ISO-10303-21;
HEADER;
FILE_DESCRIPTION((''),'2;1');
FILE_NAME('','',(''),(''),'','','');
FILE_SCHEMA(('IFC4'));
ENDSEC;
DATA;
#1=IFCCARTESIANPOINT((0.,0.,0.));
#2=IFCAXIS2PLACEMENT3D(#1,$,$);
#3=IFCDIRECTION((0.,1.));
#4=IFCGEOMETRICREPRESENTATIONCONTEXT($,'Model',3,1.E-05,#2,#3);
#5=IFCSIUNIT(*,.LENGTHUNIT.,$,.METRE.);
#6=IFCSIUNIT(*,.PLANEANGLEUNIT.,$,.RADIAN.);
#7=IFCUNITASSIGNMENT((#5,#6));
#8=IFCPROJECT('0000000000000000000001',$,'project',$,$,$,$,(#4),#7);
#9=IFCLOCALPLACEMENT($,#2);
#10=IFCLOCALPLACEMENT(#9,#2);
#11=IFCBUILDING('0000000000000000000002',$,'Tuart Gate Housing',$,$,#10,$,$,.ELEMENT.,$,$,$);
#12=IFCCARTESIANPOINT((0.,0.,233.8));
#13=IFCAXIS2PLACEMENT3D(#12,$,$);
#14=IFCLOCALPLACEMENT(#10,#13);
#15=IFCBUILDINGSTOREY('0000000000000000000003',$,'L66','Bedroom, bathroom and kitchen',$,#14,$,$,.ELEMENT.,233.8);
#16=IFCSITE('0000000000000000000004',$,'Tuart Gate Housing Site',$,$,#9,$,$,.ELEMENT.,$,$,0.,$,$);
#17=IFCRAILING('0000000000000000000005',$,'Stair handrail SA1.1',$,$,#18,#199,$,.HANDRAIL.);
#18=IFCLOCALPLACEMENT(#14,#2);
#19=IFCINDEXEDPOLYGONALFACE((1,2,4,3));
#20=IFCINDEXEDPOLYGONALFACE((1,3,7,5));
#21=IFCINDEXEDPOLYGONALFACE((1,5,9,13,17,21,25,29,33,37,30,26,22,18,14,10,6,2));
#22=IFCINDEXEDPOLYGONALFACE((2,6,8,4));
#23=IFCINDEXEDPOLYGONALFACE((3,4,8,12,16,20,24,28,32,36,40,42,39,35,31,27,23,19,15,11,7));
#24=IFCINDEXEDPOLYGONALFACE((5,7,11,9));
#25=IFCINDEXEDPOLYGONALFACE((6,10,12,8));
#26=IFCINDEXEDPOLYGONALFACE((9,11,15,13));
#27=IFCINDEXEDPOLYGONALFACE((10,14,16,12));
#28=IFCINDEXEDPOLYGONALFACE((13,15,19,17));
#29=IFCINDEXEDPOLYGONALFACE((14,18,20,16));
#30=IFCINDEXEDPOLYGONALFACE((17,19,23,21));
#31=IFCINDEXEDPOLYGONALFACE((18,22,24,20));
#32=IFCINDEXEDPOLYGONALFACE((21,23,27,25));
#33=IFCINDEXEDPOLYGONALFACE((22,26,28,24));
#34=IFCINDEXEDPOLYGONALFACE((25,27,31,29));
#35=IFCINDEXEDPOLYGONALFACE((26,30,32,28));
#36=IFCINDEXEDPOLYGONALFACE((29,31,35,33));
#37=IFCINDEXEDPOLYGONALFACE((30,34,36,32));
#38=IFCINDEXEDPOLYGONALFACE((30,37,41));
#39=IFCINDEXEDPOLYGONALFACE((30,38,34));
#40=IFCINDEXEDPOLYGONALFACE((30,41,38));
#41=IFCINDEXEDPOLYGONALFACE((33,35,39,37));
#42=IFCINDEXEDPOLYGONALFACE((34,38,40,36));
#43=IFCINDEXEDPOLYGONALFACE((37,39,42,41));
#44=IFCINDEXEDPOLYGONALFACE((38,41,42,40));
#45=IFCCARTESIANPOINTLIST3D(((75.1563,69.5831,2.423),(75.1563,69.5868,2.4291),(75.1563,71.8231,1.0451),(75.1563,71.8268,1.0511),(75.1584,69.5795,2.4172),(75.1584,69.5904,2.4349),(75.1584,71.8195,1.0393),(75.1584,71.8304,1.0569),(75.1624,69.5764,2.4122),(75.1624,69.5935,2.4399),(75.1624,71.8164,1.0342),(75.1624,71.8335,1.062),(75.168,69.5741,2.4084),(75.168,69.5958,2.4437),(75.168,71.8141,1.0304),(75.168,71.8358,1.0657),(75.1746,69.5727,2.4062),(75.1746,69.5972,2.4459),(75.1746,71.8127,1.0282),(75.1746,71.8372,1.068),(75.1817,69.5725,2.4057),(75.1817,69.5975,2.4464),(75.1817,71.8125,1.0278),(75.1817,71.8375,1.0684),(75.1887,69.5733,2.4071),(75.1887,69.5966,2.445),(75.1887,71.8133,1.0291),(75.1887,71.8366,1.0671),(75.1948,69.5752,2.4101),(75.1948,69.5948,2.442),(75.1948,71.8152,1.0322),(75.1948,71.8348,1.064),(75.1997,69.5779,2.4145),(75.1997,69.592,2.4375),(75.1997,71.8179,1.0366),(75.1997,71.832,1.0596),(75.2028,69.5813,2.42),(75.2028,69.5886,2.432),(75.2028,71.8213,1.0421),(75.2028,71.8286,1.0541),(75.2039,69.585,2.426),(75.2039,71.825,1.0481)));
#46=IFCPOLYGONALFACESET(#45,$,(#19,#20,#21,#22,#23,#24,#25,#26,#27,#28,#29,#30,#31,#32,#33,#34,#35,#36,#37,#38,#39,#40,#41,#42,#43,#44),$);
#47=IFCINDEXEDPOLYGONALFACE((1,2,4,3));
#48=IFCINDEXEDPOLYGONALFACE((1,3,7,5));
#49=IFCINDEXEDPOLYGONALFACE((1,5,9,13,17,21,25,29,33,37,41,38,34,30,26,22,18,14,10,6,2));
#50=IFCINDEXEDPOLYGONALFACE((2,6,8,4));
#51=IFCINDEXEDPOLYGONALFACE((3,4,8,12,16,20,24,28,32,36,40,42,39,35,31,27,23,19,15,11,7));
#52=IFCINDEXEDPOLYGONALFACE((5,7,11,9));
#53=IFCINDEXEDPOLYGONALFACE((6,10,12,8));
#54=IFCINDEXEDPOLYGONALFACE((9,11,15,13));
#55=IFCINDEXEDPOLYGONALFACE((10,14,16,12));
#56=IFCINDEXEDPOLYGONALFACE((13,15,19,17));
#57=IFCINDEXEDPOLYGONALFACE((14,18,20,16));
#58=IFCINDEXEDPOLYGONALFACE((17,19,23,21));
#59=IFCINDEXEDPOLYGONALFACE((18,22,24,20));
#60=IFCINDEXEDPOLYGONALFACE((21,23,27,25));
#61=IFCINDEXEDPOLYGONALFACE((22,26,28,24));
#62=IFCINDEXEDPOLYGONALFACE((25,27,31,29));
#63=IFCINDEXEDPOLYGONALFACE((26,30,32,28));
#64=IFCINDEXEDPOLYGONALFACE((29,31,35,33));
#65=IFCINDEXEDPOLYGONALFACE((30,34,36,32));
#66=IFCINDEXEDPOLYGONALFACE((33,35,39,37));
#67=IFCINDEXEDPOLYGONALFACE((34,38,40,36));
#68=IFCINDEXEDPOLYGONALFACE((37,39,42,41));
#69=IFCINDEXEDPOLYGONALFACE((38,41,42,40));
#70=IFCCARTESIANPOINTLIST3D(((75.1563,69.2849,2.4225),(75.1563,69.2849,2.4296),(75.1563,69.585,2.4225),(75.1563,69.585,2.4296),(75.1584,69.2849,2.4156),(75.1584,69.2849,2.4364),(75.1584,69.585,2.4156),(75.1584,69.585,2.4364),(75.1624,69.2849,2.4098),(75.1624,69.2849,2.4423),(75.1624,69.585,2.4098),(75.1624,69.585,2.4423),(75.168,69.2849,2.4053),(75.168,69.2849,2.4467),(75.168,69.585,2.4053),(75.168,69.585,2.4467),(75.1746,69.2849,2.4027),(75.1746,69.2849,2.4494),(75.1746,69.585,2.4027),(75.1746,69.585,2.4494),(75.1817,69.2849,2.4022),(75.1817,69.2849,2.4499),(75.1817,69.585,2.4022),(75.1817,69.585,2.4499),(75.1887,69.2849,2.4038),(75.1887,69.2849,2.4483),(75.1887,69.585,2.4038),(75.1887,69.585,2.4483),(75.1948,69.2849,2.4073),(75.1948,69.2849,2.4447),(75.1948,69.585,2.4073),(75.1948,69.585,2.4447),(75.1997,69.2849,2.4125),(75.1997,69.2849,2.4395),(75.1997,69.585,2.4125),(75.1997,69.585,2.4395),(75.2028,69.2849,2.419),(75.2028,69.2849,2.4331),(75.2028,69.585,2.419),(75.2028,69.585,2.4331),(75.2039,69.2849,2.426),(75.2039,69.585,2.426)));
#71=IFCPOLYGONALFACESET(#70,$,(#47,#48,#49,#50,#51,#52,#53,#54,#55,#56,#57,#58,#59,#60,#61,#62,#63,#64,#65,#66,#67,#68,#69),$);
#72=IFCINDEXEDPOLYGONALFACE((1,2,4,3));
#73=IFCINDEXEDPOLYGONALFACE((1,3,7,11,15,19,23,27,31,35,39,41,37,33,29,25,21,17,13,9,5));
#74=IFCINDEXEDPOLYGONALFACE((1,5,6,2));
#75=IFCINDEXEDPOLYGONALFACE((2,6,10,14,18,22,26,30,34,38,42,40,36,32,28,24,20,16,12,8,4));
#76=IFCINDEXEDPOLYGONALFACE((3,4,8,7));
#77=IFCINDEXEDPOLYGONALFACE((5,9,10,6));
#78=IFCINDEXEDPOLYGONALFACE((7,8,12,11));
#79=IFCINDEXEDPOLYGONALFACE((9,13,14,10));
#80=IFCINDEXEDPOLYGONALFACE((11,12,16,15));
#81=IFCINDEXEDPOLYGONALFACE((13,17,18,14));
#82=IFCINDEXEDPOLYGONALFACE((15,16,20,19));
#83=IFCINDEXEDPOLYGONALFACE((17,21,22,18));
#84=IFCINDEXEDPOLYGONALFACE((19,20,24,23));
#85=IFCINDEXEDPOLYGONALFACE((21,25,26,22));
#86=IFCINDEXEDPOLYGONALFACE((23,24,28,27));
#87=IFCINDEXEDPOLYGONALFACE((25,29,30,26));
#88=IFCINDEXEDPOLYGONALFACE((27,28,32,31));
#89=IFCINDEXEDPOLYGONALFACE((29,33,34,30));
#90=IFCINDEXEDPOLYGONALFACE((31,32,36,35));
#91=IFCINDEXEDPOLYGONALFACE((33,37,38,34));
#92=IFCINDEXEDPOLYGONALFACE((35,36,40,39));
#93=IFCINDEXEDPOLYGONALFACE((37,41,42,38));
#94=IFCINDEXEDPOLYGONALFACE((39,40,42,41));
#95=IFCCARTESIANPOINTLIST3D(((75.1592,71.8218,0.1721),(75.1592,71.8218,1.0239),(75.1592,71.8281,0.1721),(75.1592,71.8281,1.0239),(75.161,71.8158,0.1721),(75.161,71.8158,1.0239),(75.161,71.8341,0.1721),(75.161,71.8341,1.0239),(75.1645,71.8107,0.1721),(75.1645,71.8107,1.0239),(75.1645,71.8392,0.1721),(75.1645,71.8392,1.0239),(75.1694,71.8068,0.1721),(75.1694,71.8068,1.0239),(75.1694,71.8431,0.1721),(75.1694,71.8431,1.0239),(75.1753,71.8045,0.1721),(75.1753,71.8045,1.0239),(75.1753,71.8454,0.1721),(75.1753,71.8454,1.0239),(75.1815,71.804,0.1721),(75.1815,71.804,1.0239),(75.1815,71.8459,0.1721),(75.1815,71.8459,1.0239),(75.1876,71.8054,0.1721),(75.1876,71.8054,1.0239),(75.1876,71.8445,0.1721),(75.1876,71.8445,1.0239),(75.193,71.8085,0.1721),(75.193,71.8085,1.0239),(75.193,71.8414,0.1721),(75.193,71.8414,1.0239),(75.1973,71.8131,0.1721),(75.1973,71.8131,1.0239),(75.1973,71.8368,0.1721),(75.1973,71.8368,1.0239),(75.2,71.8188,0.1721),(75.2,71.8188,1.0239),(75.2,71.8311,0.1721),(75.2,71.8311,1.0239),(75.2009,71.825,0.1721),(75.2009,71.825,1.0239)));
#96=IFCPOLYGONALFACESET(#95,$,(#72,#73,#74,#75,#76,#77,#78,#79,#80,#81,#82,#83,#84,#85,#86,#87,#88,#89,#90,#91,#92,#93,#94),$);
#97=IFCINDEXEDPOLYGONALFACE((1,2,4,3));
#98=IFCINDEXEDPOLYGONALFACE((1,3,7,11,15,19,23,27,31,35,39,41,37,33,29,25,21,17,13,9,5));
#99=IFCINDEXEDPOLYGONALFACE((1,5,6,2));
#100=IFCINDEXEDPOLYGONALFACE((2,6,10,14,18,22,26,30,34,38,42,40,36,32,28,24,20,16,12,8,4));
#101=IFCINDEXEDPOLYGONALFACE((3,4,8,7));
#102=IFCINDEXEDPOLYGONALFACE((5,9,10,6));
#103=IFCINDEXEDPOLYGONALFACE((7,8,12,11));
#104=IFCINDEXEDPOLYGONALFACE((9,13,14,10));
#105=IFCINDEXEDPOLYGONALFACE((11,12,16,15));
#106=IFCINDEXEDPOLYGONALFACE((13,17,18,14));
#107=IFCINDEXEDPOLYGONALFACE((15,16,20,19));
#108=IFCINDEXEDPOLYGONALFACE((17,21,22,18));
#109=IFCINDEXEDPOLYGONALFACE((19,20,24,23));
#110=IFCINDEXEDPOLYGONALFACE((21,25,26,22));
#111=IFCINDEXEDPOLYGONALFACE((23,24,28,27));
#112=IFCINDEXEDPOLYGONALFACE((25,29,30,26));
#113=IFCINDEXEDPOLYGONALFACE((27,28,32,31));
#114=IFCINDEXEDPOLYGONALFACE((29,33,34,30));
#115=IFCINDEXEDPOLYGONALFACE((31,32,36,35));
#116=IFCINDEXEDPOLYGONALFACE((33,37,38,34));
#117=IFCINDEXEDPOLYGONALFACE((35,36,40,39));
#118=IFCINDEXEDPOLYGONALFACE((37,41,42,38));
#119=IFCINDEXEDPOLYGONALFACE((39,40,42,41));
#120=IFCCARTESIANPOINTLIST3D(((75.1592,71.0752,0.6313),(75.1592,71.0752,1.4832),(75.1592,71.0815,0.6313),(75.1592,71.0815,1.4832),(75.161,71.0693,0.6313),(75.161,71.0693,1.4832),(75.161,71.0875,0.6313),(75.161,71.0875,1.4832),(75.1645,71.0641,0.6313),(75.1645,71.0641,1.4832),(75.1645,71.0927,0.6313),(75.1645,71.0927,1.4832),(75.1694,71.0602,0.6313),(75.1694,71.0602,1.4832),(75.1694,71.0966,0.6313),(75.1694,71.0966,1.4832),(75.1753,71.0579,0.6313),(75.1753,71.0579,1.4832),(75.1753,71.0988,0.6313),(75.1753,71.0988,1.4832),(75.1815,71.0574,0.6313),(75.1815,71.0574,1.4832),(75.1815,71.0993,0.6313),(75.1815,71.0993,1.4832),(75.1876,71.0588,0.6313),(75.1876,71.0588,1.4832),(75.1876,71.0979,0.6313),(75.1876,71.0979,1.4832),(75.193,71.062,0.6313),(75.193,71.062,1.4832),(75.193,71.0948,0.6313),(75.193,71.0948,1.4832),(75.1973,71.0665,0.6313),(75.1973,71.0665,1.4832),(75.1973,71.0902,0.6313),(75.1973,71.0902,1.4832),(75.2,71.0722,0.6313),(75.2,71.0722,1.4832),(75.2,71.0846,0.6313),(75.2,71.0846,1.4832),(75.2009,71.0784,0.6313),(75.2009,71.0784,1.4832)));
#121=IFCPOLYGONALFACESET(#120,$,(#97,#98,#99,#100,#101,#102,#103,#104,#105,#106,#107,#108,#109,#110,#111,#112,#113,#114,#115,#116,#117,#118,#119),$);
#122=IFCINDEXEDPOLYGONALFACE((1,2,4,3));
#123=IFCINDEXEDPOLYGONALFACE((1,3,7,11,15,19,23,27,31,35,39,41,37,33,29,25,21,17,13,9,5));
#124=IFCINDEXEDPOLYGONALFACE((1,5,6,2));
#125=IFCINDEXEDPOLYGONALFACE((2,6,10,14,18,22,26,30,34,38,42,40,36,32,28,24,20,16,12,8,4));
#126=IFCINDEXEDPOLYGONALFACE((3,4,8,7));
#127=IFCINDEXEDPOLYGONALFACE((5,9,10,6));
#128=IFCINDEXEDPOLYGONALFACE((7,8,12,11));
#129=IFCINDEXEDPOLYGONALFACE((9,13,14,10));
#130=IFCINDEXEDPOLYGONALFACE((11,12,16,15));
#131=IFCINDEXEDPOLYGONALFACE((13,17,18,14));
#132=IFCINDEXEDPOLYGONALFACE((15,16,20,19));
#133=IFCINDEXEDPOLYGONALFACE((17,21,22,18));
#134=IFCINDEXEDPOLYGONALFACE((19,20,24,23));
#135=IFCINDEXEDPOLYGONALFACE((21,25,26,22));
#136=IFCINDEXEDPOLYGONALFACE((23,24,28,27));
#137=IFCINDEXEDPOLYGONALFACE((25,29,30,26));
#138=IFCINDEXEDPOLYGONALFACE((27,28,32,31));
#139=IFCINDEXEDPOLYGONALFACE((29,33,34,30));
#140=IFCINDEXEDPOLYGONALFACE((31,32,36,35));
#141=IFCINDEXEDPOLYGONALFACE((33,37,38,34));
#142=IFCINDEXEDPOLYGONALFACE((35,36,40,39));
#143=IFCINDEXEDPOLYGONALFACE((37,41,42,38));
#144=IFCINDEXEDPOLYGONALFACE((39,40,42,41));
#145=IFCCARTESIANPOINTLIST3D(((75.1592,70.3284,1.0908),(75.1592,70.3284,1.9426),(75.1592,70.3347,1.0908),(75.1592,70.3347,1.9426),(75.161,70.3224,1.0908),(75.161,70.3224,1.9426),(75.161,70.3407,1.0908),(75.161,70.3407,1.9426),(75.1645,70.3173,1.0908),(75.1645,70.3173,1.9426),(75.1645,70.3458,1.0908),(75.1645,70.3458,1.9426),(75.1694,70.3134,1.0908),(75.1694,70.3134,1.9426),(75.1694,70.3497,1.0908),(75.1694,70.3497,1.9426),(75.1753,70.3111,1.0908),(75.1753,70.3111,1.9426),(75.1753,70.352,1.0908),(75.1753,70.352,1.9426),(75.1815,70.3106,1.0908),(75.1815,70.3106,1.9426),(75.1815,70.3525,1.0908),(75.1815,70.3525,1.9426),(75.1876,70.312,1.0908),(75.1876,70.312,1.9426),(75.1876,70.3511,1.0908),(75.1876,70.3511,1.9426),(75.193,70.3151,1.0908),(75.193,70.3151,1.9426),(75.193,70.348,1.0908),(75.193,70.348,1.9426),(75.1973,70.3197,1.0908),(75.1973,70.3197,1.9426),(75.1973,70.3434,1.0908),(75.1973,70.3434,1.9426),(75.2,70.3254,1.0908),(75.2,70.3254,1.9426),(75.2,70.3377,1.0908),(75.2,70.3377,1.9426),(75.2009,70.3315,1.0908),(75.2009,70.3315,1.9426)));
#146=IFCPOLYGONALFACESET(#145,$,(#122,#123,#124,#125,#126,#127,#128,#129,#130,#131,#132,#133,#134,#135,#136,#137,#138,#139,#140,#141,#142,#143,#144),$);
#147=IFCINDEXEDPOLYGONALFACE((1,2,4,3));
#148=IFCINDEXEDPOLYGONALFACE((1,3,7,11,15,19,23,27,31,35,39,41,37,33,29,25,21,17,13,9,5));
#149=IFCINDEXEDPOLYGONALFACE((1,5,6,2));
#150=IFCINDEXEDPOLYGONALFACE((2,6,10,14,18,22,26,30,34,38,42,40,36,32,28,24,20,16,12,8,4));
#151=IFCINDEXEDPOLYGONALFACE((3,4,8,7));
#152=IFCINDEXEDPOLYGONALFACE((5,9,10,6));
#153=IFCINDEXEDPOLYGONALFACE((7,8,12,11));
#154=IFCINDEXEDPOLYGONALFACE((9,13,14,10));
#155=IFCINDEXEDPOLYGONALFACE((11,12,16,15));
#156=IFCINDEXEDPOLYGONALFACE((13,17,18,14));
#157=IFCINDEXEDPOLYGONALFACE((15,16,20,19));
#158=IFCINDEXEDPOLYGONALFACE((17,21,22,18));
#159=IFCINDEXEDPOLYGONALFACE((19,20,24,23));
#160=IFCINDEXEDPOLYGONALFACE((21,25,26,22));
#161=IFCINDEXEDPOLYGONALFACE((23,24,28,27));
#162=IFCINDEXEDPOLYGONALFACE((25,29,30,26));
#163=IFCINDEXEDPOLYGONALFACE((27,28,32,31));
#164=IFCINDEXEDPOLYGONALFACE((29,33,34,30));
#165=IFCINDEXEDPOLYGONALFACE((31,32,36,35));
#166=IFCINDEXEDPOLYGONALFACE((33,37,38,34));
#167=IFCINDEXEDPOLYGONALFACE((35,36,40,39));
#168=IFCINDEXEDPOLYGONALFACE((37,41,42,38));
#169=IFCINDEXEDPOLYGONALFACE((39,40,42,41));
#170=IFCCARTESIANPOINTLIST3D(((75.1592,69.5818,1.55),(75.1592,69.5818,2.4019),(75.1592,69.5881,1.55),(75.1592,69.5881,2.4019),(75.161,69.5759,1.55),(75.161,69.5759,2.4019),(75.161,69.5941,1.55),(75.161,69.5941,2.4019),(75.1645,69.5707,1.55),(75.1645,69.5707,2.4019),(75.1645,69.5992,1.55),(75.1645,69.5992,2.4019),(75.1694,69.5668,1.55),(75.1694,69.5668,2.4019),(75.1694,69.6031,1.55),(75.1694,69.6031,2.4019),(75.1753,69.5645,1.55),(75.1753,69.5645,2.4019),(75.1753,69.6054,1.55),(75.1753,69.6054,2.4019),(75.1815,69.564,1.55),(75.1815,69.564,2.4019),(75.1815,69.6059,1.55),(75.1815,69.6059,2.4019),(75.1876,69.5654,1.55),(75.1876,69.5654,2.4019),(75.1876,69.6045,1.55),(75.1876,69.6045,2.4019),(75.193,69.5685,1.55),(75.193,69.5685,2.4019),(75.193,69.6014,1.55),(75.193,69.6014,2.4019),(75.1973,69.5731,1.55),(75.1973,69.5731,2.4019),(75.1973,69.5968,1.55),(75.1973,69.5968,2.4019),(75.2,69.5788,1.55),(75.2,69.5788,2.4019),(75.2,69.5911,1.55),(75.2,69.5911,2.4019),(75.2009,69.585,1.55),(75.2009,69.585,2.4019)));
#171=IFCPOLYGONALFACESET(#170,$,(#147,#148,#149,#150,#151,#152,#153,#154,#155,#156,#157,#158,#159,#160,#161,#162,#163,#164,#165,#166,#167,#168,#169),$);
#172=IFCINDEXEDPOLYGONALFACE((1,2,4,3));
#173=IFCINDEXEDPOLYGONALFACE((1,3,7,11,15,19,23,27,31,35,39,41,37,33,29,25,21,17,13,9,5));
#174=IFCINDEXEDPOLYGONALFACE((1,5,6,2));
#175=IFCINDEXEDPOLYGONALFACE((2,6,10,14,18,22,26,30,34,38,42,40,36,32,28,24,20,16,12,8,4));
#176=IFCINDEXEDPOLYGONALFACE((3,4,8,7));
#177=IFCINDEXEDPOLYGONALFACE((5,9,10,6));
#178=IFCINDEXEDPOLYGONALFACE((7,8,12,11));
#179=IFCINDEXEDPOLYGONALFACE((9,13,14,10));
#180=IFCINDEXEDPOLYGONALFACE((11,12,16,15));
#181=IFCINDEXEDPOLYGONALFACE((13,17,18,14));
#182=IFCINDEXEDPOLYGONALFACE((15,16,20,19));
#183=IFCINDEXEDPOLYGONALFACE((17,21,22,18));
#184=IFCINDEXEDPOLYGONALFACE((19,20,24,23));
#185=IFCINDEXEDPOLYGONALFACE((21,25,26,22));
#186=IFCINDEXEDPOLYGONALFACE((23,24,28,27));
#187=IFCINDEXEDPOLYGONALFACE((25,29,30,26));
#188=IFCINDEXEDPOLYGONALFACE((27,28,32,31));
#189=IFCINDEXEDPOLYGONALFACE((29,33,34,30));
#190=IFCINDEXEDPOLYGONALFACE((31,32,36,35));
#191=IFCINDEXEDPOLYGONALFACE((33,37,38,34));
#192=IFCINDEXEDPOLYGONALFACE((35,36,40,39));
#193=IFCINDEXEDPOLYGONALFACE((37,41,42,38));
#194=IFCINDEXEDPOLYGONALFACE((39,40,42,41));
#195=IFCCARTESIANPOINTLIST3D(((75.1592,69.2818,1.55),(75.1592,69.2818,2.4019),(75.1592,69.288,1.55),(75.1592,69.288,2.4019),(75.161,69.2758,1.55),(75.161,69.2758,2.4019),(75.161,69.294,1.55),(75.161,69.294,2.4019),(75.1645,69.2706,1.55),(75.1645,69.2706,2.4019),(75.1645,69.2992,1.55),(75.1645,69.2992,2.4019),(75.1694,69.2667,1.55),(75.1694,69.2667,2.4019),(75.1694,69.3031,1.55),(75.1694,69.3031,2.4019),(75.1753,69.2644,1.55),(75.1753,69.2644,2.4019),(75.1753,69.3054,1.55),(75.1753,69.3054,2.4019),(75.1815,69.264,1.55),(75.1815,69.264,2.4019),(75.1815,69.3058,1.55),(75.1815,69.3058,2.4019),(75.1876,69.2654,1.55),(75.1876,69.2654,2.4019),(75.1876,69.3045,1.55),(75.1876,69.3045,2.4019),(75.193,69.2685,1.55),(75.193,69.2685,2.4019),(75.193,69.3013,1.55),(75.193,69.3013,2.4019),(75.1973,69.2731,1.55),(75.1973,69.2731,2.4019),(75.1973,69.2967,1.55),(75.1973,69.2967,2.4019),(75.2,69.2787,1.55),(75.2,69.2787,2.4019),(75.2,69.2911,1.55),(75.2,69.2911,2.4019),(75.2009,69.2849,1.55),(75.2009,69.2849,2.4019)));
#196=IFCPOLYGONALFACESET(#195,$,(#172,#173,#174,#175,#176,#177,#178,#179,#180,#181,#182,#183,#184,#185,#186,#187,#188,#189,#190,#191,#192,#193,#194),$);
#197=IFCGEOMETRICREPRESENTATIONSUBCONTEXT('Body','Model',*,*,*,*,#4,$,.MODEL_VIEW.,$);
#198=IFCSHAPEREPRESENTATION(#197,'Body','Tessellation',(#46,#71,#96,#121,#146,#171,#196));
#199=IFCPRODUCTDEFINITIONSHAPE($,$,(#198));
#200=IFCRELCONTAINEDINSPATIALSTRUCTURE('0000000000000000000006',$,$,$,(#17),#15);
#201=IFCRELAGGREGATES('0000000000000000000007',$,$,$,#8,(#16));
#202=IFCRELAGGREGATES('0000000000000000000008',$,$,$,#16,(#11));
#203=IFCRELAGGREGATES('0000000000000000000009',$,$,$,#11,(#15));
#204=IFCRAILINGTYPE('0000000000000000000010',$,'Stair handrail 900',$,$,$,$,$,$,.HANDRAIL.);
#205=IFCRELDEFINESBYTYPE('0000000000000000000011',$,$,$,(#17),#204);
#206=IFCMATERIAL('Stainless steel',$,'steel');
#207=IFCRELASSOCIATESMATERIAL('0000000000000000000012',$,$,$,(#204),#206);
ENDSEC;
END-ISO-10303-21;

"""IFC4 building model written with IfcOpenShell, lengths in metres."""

from ifc_helpers import new_model, si_unit, direction, frame, origin, origin_2d, place, context, subcontext, project, spatial, circle, extrude, material, type_object, element, save


model = new_model("IFC4")

# Units and contexts
model_context = context("Model", 3, precision=1e-05, world=origin(), true_north=direction((0.0, 1.0)))
body_context = subcontext(model_context, "Body", "Model", "MODEL_VIEW")
ifc_project = project(units=[si_unit("LENGTHUNIT", "METRE"), si_unit("PLANEANGLEUNIT", "RADIAN")], contexts=[model_context])

# Site, building, storey
site_placement = place(None, origin())
site = spatial("IfcSite", under=ifc_project, at=site_placement, Name="Tuart Gate Housing Site", CompositionType="ELEMENT", RefElevation=0.0)
building_placement = place(site_placement, origin())
building = spatial("IfcBuilding", under=site, at=building_placement, Name="Tuart Gate Housing", CompositionType="ELEMENT")
storey_placement = place(building_placement, frame((0.0, 0.0, 233.8)))
storey = spatial("IfcBuildingStorey", under=building, at=storey_placement, Name="L66", Description="Bedroom, bathroom and kitchen", CompositionType="ELEMENT", Elevation=233.8)

# Railing
ifc_material_1 = material(Name="Stainless steel", Category="steel")
railing_type = type_object("IfcRailingType", Name="Stair handrail 900", PredefinedType="HANDRAIL", material=ifc_material_1)
railing_placement = place(storey_placement, frame((75.1799, 71.825, 0.1721)))
element("IfcRailing", 1, at=railing_placement, inside=storey, type_object=railing_type, Name="Stair handrail SA1.1", PredefinedType="HANDRAIL", context=body_context, shape_type="SweptSolid", body=[
    extrude(circle(Radius=0.0239, at=origin_2d()), frame((0.0, 0.0, 0.876), z_axis=(0.0, -0.851748, 0.523952), x_axis=(1.0, 0.0, 0.0)), (0.0, 0.0, 1.0), 2.6299),
    extrude(circle(Radius=0.0239, at=origin_2d()), frame((0.0, -2.24, 2.2539), z_axis=(0.0, -1.0, 0.0), x_axis=(1.0, 0.0, 0.0)), (0.0, 0.0, 1.0), 0.3),
    extrude(circle(Radius=0.021, at=origin_2d()), origin(), (0.0, 0.0, 1.0), 0.8518),
    extrude(circle(Radius=0.021, at=origin_2d()), frame((0.0, -0.7466, 0.4592)), (0.0, 0.0, 1.0), 0.8518),
    extrude(circle(Radius=0.021, at=origin_2d()), frame((0.0, -1.4934, 0.9187)), (0.0, 0.0, 1.0), 0.8518),
    extrude(circle(Radius=0.021, at=origin_2d()), frame((0.0, -2.24, 1.3779)), (0.0, 0.0, 1.0), 0.8518),
    extrude(circle(Radius=0.021, at=origin_2d()), frame((0.0, -2.54, 1.3779)), (0.0, 0.0, 1.0), 0.8518),
])

save(model, "model.ifc")
